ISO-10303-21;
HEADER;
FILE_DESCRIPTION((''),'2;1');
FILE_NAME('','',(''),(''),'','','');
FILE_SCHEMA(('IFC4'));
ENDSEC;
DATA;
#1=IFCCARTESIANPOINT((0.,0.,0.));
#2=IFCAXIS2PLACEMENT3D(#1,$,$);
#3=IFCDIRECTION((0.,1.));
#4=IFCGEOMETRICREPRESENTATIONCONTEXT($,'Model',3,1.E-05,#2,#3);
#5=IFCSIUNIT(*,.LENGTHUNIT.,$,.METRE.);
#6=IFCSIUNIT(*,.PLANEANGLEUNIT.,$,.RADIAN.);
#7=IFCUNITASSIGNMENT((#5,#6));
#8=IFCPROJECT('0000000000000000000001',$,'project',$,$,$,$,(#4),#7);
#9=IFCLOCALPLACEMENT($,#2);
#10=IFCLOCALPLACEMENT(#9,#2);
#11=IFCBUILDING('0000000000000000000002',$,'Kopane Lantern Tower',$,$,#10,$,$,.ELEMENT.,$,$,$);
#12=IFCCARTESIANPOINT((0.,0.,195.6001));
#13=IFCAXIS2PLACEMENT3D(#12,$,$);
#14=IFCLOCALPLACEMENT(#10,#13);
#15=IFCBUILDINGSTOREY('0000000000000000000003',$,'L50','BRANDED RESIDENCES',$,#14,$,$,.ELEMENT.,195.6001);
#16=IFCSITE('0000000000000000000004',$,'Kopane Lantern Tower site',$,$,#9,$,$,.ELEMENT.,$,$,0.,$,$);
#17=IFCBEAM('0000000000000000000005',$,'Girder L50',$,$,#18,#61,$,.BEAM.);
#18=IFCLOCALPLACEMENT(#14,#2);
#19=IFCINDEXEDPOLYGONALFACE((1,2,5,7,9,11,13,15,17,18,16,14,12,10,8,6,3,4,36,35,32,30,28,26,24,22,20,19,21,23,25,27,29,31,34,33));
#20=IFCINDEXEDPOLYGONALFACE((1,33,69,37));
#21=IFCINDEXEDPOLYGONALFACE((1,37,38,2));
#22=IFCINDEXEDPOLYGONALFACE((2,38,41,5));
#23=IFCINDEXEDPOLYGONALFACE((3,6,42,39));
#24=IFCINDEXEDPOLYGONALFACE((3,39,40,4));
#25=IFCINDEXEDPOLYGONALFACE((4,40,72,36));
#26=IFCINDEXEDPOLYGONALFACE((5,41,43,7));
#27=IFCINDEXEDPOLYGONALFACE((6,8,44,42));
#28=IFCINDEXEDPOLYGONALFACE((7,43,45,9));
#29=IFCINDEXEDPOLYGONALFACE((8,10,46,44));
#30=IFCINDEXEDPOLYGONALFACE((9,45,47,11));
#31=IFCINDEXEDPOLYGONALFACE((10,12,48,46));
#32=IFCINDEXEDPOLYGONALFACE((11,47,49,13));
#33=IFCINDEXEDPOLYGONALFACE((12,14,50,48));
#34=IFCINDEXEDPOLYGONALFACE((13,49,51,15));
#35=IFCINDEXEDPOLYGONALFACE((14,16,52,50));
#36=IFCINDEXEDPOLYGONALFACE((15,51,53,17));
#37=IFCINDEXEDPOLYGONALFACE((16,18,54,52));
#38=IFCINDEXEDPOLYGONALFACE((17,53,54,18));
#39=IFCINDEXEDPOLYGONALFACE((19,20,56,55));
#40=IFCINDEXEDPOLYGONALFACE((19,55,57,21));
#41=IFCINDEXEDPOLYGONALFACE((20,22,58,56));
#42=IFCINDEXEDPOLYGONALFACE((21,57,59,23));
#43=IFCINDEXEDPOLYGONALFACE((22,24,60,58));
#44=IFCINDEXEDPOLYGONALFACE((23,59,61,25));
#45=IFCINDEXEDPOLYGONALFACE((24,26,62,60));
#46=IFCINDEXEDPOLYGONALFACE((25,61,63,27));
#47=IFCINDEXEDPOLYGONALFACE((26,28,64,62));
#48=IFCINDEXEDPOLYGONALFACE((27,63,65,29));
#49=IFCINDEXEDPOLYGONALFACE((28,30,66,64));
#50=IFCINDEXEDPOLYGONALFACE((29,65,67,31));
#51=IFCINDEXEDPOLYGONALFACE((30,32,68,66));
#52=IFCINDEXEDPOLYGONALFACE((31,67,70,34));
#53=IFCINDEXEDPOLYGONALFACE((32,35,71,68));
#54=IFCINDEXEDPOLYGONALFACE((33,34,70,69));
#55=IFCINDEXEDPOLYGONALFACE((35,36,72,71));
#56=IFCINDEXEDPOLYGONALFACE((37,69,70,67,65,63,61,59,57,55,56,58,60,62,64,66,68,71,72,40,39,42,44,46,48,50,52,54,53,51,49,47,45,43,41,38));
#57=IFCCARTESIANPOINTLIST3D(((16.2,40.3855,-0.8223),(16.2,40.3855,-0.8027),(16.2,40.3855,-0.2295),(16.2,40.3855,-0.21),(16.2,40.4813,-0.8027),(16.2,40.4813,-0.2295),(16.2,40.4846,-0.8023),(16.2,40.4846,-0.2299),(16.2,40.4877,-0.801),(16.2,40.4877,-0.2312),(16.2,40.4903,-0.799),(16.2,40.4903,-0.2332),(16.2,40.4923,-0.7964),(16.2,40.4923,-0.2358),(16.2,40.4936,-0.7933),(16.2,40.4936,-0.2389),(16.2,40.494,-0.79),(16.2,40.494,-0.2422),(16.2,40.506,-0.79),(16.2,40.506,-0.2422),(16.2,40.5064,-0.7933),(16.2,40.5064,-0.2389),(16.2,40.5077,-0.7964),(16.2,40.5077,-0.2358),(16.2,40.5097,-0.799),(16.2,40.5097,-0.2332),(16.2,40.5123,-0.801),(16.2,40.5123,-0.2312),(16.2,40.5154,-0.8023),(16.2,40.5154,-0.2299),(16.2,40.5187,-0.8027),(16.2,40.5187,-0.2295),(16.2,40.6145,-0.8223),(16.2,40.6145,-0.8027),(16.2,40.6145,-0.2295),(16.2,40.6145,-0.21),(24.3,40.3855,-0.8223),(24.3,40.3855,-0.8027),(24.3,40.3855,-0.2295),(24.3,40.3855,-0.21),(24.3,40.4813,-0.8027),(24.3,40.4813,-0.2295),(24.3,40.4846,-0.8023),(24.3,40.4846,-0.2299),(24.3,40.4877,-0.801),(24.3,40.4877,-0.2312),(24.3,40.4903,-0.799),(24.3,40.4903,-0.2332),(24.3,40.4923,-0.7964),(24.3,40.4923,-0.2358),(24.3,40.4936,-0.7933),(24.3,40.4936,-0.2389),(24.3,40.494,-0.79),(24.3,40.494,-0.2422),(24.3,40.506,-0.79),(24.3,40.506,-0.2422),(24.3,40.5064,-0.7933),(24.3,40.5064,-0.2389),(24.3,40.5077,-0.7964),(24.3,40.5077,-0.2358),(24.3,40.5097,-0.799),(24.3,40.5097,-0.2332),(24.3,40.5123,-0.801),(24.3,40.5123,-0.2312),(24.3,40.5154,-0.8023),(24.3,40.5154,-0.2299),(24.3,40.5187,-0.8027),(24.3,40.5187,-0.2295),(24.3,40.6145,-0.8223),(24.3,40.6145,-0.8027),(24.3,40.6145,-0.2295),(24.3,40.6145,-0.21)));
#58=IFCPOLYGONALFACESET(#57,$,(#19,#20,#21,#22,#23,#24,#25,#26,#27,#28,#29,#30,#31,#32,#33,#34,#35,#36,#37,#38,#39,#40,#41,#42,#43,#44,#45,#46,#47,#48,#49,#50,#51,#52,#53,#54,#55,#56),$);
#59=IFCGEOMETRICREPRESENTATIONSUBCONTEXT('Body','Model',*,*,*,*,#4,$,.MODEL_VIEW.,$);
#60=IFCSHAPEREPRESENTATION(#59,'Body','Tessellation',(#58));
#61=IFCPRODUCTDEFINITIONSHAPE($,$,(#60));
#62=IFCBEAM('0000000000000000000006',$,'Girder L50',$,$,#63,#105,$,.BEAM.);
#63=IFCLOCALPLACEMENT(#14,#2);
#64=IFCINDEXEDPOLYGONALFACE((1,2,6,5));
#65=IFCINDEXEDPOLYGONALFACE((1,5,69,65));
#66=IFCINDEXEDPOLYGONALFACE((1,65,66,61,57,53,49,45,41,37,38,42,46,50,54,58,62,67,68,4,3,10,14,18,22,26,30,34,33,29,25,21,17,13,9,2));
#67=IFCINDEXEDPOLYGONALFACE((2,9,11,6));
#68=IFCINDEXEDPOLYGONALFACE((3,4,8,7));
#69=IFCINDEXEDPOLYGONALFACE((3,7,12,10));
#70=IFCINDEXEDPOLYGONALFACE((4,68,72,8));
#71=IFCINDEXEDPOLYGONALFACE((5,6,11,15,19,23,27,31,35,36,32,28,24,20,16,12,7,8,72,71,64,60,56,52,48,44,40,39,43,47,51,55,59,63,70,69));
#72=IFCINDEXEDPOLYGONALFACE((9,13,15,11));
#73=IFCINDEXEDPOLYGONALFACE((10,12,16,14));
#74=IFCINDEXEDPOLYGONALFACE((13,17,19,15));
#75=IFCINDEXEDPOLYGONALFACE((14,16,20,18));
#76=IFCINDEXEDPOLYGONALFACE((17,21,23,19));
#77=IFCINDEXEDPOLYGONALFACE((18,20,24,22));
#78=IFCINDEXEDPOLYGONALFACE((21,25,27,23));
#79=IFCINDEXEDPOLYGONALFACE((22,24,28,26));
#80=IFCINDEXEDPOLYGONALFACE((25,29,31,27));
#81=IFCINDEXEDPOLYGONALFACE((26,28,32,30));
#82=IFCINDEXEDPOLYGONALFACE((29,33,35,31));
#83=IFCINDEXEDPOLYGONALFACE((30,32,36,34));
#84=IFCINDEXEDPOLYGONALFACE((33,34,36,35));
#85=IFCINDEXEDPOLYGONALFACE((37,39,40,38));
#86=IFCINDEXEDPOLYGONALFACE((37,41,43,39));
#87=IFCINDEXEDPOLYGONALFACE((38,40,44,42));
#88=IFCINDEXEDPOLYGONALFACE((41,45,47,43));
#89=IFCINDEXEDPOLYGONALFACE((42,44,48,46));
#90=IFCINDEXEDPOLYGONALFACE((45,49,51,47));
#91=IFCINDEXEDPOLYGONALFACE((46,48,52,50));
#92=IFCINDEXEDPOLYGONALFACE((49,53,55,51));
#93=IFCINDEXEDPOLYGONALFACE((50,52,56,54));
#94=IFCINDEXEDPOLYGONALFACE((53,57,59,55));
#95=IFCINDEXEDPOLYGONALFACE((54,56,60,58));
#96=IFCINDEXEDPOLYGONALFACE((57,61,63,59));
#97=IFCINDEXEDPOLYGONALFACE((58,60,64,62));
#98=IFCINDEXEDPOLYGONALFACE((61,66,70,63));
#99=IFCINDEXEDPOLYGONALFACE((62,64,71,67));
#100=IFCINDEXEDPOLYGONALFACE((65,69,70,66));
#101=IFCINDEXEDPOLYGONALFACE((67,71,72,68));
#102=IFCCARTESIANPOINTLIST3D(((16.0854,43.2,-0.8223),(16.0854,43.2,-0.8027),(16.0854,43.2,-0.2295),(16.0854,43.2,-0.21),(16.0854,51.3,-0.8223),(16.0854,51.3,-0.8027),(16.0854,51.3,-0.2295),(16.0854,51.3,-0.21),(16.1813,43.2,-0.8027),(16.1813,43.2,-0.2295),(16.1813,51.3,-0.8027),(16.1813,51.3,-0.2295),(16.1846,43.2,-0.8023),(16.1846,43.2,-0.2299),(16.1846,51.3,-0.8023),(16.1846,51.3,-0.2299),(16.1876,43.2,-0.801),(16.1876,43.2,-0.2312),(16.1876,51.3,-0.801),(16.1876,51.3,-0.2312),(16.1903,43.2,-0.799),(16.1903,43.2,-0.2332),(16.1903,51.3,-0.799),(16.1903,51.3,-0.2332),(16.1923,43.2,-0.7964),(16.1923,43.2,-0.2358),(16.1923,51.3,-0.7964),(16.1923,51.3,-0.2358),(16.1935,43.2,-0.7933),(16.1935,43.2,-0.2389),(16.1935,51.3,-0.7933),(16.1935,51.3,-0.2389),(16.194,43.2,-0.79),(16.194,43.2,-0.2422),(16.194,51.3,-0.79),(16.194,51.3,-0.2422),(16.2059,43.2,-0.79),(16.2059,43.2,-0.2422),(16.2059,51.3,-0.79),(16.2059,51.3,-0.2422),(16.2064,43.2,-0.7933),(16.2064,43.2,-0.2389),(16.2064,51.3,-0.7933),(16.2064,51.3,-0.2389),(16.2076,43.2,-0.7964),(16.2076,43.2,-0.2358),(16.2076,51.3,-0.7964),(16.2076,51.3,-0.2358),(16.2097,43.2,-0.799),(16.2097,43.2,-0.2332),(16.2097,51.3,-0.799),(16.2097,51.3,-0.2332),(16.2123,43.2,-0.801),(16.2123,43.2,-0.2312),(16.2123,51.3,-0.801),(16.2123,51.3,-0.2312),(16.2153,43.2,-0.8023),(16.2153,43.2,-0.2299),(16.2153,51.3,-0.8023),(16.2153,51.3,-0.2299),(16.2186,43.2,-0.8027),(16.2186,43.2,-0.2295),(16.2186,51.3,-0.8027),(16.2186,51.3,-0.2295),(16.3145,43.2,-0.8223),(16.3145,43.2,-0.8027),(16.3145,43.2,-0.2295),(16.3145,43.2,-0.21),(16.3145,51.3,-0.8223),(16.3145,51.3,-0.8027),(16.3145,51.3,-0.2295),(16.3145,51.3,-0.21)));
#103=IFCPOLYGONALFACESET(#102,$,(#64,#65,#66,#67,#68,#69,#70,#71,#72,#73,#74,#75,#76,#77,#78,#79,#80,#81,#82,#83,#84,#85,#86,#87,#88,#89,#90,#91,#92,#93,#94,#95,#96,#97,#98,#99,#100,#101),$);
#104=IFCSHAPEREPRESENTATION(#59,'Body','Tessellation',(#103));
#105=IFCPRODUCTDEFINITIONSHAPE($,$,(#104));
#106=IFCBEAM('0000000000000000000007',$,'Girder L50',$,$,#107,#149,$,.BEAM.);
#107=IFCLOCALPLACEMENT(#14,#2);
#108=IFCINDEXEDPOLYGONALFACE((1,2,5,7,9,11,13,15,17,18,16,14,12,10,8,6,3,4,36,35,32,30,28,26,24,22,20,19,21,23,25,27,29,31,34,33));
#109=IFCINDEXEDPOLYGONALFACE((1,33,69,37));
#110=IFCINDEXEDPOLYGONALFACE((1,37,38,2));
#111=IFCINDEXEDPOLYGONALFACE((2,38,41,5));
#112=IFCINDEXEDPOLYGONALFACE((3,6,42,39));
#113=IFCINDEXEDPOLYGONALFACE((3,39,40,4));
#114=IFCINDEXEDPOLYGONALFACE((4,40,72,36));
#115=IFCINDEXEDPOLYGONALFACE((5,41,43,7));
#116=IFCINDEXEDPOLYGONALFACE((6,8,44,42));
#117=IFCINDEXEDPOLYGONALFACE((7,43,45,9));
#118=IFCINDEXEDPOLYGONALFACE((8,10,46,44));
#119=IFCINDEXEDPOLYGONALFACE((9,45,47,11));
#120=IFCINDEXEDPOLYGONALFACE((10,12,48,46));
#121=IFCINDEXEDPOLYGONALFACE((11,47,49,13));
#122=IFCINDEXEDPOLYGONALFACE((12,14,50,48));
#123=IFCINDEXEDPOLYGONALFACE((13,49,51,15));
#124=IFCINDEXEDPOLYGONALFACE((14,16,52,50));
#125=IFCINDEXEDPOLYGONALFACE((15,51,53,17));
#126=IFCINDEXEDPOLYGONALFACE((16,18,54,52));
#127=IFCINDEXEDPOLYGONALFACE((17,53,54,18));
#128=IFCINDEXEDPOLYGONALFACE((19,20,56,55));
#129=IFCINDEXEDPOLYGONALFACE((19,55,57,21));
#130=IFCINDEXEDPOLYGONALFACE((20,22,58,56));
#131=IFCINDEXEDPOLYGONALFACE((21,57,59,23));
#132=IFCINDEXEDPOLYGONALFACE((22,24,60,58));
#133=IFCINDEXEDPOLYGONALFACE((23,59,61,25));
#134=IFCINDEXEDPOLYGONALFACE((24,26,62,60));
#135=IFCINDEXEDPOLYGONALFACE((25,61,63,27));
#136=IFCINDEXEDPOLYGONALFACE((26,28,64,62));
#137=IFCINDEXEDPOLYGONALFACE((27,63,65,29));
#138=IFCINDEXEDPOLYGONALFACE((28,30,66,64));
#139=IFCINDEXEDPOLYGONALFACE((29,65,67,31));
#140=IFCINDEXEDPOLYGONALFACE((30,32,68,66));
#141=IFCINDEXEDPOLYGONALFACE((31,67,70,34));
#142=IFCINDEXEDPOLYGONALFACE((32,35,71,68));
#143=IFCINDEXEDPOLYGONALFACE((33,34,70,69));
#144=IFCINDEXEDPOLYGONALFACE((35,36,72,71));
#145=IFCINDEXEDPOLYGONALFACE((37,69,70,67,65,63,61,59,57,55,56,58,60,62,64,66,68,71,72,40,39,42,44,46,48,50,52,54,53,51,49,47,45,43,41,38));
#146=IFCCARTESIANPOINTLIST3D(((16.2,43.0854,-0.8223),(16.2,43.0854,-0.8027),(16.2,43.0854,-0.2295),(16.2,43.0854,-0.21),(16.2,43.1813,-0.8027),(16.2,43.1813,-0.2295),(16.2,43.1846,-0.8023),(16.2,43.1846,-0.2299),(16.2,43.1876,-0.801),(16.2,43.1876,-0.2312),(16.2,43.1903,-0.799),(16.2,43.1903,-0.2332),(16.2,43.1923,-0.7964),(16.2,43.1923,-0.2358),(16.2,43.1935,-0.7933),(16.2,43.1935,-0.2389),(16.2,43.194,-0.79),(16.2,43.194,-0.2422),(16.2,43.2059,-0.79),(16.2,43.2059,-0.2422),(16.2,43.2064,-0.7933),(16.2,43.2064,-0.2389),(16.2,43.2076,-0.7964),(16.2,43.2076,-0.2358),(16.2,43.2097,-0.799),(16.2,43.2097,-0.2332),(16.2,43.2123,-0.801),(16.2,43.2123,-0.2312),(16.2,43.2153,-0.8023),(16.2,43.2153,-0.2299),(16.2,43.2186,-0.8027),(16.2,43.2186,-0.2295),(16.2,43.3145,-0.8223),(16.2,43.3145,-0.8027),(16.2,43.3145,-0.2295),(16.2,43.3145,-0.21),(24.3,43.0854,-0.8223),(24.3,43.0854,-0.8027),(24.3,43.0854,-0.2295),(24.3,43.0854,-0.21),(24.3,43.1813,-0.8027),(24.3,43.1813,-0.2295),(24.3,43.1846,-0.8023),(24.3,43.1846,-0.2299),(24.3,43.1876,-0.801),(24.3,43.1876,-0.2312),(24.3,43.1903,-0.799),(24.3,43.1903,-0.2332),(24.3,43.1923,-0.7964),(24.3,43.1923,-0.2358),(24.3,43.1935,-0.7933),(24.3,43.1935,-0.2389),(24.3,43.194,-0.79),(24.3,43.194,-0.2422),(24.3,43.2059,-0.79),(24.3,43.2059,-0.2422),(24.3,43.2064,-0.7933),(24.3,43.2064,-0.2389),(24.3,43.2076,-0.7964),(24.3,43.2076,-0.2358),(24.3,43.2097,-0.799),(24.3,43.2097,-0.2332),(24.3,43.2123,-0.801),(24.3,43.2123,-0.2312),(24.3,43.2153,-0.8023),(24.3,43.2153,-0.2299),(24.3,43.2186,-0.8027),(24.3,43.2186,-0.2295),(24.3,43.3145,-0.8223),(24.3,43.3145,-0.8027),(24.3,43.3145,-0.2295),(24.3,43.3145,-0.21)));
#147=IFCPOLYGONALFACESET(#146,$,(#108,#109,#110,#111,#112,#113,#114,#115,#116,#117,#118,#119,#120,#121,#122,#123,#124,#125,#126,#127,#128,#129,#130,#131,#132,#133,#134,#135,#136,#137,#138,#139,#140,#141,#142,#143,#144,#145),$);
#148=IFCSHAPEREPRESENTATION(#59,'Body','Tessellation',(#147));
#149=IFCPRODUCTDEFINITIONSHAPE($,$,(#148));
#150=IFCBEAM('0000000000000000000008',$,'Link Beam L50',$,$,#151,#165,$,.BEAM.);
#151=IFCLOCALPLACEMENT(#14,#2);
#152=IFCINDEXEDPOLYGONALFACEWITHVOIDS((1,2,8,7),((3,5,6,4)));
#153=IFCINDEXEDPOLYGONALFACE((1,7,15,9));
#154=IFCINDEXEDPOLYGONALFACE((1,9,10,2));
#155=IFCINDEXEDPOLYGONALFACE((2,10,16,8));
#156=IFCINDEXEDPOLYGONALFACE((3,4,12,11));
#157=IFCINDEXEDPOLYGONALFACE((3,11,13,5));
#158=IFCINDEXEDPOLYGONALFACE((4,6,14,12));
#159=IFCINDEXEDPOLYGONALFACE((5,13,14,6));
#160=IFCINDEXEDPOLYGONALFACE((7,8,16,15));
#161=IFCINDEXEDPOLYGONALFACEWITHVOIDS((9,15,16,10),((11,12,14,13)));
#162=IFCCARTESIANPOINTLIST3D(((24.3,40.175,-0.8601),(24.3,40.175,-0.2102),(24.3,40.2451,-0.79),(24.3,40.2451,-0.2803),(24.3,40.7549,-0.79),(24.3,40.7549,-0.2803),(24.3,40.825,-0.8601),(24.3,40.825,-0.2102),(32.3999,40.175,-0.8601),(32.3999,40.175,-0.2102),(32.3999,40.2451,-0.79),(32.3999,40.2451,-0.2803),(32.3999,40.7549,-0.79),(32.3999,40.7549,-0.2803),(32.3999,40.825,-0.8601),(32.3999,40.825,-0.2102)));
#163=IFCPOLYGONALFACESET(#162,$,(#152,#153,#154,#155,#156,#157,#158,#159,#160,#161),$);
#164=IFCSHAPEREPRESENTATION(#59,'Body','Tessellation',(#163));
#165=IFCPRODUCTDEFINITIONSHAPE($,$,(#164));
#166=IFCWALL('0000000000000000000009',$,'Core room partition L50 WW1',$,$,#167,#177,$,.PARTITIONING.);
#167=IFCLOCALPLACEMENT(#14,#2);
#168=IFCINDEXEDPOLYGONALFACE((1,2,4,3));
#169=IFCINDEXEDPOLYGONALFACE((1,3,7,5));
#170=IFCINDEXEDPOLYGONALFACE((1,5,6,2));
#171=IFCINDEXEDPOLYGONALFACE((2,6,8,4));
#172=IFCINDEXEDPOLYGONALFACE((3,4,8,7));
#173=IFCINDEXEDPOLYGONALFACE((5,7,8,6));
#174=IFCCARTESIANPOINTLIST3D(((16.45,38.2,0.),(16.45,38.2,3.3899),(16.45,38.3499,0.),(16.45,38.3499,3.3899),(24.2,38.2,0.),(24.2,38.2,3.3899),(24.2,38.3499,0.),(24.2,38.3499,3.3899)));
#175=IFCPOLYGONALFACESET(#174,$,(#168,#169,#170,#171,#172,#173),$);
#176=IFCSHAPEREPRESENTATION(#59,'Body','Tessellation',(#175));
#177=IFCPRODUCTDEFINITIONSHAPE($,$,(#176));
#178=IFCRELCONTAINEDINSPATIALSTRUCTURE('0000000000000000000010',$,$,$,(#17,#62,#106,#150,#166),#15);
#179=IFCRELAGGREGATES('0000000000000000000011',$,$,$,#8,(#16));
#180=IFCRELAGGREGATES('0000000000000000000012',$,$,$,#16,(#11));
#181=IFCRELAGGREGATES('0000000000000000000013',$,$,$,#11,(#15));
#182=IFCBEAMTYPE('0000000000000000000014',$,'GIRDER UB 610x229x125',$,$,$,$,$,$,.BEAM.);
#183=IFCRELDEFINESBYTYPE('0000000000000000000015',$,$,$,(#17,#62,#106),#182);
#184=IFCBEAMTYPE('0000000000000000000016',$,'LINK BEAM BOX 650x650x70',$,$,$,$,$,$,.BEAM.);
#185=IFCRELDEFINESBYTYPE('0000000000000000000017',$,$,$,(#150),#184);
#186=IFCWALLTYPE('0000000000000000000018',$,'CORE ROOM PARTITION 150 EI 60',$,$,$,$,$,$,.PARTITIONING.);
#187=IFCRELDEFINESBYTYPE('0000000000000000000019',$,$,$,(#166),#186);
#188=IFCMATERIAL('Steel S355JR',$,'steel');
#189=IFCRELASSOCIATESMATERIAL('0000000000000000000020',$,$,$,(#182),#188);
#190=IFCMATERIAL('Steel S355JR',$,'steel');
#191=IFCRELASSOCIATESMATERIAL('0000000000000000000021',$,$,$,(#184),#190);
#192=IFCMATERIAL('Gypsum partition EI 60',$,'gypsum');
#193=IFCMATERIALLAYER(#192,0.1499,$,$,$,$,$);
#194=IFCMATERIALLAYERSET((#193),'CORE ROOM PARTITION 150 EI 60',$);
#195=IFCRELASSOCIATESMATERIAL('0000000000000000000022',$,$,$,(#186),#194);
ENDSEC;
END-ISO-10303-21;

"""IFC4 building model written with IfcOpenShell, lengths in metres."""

from ifc_helpers import new_model, si_unit, direction, frame, frame_2d, origin, origin_2d, place, context, subcontext, project, spatial, rectangle, hollow_rectangle, i_section, extrude, material, layer, layer_set, material_profile, profile_set, type_object, element, save


model = new_model("IFC4")

# Units and contexts
model_context = context("Model", 3, precision=1e-05, world=origin(), true_north=direction((0.0, 1.0)))
body_context = subcontext(model_context, "Body", "Model", "MODEL_VIEW")
ifc_project = project(units=[si_unit("LENGTHUNIT", "METRE"), si_unit("PLANEANGLEUNIT", "RADIAN")], contexts=[model_context])

# Site, building, storey
site_placement = place(None, origin())
site = spatial("IfcSite", under=ifc_project, at=site_placement, Name="Kopane Lantern Tower site", CompositionType="ELEMENT", RefElevation=0.0)
building_placement = place(site_placement, origin())
building = spatial("IfcBuilding", under=site, at=building_placement, Name="Kopane Lantern Tower", CompositionType="ELEMENT")
storey_placement = place(building_placement, frame((0.0, 0.0, 195.6001)))
storey = spatial("IfcBuildingStorey", under=building, at=storey_placement, Name="L50", Description="BRANDED RESIDENCES", CompositionType="ELEMENT", Elevation=195.6001)

# Beams
ifc_material_1 = material(Name="Steel S355JR", Category="steel")
ifc_material_profile_1 = material_profile(ifc_material_1, i_section(OverallWidth=0.229, OverallDepth=0.6123, WebThickness=0.012, FlangeThickness=0.0195, FilletRadius=0.0127, at=origin_2d()), Name="UB 610x229x125")
ifc_profile_set_1 = profile_set([ifc_material_profile_1], Name="Steel S355JR")
beam_type_1 = type_object("IfcBeamType", Name="GIRDER UB 610x229x125", PredefinedType="BEAM", material=ifc_profile_set_1)
for number, where, z_axis, x_axis, name in (
    (1, (16.2, 40.5, -0.5161), (1.0, 0.0, 0.0), (0.0, 1.0, 0.0), "Girder L50"),
    (2, (16.2, 43.2, -0.5161), (0.0, 1.0, 0.0), (-1.0, 0.0, 0.0), "Girder L50"),
    (3, (16.2, 43.2, -0.5161), (1.0, 0.0, 0.0), (0.0, 1.0, 0.0), "Girder L50"),
):
    element("IfcBeam", number, at=place(storey_placement, frame(where, z_axis=z_axis, x_axis=x_axis)), inside=storey, type_object=beam_type_1, Name=name, PredefinedType="BEAM", context=body_context, shape_type="SweptSolid", body=[
        extrude(i_section(OverallWidth=0.229, OverallDepth=0.6123, WebThickness=0.012, FlangeThickness=0.0195, FilletRadius=0.0127, at=origin_2d()), origin(), (0.0, 0.0, 1.0), 8.1001),
    ])
ifc_material_2 = material(Name="Steel S355JR", Category="steel")
ifc_material_profile_2 = material_profile(ifc_material_2, hollow_rectangle(XDim=0.6499, YDim=0.6499, WallThickness=0.0701, at=origin_2d()), Name="BOX 650x650x70")
ifc_profile_set_2 = profile_set([ifc_material_profile_2], Name="Steel S355JR")
beam_type_2 = type_object("IfcBeamType", Name="LINK BEAM BOX 650x650x70", PredefinedType="BEAM", material=ifc_profile_set_2)
beam_placement = place(storey_placement, frame((24.3, 40.5, -0.5352), z_axis=(1.0, 0.0, 0.0), x_axis=(0.0, 1.0, 0.0)))
element("IfcBeam", 4, at=beam_placement, inside=storey, type_object=beam_type_2, Name="Link Beam L50", PredefinedType="BEAM", context=body_context, shape_type="SweptSolid", body=[
    extrude(hollow_rectangle(XDim=0.6499, YDim=0.6499, WallThickness=0.0701, at=origin_2d()), origin(), (0.0, 0.0, 1.0), 8.0999),
])

# Wall
ifc_material_3 = material(Name="Gypsum partition EI 60", Category="gypsum")
ifc_layer_1 = layer(ifc_material_3, 0.1499)
ifc_layer_set_1 = layer_set([ifc_layer_1], Name="CORE ROOM PARTITION 150 EI 60")
wall_type_1 = type_object("IfcWallType", Name="CORE ROOM PARTITION 150 EI 60", PredefinedType="PARTITIONING", material=ifc_layer_set_1)
wall_1_placement = place(storey_placement, frame((16.45, 38.2749, 0.0), z_axis=(0.0, 0.0, 1.0), x_axis=(1.0, 0.0, 0.0)))
element("IfcWall", 5, at=wall_1_placement, inside=storey, type_object=wall_type_1, Name="Core room partition L50 WW1", PredefinedType="PARTITIONING", context=body_context, shape_type="SweptSolid", body=[
    extrude(rectangle(XDim=7.75, YDim=0.1499, at=frame_2d((3.875, 0.0))), origin(), (0.0, 0.0, 1.0), 3.3899),
])

save(model, "model.ifc")
